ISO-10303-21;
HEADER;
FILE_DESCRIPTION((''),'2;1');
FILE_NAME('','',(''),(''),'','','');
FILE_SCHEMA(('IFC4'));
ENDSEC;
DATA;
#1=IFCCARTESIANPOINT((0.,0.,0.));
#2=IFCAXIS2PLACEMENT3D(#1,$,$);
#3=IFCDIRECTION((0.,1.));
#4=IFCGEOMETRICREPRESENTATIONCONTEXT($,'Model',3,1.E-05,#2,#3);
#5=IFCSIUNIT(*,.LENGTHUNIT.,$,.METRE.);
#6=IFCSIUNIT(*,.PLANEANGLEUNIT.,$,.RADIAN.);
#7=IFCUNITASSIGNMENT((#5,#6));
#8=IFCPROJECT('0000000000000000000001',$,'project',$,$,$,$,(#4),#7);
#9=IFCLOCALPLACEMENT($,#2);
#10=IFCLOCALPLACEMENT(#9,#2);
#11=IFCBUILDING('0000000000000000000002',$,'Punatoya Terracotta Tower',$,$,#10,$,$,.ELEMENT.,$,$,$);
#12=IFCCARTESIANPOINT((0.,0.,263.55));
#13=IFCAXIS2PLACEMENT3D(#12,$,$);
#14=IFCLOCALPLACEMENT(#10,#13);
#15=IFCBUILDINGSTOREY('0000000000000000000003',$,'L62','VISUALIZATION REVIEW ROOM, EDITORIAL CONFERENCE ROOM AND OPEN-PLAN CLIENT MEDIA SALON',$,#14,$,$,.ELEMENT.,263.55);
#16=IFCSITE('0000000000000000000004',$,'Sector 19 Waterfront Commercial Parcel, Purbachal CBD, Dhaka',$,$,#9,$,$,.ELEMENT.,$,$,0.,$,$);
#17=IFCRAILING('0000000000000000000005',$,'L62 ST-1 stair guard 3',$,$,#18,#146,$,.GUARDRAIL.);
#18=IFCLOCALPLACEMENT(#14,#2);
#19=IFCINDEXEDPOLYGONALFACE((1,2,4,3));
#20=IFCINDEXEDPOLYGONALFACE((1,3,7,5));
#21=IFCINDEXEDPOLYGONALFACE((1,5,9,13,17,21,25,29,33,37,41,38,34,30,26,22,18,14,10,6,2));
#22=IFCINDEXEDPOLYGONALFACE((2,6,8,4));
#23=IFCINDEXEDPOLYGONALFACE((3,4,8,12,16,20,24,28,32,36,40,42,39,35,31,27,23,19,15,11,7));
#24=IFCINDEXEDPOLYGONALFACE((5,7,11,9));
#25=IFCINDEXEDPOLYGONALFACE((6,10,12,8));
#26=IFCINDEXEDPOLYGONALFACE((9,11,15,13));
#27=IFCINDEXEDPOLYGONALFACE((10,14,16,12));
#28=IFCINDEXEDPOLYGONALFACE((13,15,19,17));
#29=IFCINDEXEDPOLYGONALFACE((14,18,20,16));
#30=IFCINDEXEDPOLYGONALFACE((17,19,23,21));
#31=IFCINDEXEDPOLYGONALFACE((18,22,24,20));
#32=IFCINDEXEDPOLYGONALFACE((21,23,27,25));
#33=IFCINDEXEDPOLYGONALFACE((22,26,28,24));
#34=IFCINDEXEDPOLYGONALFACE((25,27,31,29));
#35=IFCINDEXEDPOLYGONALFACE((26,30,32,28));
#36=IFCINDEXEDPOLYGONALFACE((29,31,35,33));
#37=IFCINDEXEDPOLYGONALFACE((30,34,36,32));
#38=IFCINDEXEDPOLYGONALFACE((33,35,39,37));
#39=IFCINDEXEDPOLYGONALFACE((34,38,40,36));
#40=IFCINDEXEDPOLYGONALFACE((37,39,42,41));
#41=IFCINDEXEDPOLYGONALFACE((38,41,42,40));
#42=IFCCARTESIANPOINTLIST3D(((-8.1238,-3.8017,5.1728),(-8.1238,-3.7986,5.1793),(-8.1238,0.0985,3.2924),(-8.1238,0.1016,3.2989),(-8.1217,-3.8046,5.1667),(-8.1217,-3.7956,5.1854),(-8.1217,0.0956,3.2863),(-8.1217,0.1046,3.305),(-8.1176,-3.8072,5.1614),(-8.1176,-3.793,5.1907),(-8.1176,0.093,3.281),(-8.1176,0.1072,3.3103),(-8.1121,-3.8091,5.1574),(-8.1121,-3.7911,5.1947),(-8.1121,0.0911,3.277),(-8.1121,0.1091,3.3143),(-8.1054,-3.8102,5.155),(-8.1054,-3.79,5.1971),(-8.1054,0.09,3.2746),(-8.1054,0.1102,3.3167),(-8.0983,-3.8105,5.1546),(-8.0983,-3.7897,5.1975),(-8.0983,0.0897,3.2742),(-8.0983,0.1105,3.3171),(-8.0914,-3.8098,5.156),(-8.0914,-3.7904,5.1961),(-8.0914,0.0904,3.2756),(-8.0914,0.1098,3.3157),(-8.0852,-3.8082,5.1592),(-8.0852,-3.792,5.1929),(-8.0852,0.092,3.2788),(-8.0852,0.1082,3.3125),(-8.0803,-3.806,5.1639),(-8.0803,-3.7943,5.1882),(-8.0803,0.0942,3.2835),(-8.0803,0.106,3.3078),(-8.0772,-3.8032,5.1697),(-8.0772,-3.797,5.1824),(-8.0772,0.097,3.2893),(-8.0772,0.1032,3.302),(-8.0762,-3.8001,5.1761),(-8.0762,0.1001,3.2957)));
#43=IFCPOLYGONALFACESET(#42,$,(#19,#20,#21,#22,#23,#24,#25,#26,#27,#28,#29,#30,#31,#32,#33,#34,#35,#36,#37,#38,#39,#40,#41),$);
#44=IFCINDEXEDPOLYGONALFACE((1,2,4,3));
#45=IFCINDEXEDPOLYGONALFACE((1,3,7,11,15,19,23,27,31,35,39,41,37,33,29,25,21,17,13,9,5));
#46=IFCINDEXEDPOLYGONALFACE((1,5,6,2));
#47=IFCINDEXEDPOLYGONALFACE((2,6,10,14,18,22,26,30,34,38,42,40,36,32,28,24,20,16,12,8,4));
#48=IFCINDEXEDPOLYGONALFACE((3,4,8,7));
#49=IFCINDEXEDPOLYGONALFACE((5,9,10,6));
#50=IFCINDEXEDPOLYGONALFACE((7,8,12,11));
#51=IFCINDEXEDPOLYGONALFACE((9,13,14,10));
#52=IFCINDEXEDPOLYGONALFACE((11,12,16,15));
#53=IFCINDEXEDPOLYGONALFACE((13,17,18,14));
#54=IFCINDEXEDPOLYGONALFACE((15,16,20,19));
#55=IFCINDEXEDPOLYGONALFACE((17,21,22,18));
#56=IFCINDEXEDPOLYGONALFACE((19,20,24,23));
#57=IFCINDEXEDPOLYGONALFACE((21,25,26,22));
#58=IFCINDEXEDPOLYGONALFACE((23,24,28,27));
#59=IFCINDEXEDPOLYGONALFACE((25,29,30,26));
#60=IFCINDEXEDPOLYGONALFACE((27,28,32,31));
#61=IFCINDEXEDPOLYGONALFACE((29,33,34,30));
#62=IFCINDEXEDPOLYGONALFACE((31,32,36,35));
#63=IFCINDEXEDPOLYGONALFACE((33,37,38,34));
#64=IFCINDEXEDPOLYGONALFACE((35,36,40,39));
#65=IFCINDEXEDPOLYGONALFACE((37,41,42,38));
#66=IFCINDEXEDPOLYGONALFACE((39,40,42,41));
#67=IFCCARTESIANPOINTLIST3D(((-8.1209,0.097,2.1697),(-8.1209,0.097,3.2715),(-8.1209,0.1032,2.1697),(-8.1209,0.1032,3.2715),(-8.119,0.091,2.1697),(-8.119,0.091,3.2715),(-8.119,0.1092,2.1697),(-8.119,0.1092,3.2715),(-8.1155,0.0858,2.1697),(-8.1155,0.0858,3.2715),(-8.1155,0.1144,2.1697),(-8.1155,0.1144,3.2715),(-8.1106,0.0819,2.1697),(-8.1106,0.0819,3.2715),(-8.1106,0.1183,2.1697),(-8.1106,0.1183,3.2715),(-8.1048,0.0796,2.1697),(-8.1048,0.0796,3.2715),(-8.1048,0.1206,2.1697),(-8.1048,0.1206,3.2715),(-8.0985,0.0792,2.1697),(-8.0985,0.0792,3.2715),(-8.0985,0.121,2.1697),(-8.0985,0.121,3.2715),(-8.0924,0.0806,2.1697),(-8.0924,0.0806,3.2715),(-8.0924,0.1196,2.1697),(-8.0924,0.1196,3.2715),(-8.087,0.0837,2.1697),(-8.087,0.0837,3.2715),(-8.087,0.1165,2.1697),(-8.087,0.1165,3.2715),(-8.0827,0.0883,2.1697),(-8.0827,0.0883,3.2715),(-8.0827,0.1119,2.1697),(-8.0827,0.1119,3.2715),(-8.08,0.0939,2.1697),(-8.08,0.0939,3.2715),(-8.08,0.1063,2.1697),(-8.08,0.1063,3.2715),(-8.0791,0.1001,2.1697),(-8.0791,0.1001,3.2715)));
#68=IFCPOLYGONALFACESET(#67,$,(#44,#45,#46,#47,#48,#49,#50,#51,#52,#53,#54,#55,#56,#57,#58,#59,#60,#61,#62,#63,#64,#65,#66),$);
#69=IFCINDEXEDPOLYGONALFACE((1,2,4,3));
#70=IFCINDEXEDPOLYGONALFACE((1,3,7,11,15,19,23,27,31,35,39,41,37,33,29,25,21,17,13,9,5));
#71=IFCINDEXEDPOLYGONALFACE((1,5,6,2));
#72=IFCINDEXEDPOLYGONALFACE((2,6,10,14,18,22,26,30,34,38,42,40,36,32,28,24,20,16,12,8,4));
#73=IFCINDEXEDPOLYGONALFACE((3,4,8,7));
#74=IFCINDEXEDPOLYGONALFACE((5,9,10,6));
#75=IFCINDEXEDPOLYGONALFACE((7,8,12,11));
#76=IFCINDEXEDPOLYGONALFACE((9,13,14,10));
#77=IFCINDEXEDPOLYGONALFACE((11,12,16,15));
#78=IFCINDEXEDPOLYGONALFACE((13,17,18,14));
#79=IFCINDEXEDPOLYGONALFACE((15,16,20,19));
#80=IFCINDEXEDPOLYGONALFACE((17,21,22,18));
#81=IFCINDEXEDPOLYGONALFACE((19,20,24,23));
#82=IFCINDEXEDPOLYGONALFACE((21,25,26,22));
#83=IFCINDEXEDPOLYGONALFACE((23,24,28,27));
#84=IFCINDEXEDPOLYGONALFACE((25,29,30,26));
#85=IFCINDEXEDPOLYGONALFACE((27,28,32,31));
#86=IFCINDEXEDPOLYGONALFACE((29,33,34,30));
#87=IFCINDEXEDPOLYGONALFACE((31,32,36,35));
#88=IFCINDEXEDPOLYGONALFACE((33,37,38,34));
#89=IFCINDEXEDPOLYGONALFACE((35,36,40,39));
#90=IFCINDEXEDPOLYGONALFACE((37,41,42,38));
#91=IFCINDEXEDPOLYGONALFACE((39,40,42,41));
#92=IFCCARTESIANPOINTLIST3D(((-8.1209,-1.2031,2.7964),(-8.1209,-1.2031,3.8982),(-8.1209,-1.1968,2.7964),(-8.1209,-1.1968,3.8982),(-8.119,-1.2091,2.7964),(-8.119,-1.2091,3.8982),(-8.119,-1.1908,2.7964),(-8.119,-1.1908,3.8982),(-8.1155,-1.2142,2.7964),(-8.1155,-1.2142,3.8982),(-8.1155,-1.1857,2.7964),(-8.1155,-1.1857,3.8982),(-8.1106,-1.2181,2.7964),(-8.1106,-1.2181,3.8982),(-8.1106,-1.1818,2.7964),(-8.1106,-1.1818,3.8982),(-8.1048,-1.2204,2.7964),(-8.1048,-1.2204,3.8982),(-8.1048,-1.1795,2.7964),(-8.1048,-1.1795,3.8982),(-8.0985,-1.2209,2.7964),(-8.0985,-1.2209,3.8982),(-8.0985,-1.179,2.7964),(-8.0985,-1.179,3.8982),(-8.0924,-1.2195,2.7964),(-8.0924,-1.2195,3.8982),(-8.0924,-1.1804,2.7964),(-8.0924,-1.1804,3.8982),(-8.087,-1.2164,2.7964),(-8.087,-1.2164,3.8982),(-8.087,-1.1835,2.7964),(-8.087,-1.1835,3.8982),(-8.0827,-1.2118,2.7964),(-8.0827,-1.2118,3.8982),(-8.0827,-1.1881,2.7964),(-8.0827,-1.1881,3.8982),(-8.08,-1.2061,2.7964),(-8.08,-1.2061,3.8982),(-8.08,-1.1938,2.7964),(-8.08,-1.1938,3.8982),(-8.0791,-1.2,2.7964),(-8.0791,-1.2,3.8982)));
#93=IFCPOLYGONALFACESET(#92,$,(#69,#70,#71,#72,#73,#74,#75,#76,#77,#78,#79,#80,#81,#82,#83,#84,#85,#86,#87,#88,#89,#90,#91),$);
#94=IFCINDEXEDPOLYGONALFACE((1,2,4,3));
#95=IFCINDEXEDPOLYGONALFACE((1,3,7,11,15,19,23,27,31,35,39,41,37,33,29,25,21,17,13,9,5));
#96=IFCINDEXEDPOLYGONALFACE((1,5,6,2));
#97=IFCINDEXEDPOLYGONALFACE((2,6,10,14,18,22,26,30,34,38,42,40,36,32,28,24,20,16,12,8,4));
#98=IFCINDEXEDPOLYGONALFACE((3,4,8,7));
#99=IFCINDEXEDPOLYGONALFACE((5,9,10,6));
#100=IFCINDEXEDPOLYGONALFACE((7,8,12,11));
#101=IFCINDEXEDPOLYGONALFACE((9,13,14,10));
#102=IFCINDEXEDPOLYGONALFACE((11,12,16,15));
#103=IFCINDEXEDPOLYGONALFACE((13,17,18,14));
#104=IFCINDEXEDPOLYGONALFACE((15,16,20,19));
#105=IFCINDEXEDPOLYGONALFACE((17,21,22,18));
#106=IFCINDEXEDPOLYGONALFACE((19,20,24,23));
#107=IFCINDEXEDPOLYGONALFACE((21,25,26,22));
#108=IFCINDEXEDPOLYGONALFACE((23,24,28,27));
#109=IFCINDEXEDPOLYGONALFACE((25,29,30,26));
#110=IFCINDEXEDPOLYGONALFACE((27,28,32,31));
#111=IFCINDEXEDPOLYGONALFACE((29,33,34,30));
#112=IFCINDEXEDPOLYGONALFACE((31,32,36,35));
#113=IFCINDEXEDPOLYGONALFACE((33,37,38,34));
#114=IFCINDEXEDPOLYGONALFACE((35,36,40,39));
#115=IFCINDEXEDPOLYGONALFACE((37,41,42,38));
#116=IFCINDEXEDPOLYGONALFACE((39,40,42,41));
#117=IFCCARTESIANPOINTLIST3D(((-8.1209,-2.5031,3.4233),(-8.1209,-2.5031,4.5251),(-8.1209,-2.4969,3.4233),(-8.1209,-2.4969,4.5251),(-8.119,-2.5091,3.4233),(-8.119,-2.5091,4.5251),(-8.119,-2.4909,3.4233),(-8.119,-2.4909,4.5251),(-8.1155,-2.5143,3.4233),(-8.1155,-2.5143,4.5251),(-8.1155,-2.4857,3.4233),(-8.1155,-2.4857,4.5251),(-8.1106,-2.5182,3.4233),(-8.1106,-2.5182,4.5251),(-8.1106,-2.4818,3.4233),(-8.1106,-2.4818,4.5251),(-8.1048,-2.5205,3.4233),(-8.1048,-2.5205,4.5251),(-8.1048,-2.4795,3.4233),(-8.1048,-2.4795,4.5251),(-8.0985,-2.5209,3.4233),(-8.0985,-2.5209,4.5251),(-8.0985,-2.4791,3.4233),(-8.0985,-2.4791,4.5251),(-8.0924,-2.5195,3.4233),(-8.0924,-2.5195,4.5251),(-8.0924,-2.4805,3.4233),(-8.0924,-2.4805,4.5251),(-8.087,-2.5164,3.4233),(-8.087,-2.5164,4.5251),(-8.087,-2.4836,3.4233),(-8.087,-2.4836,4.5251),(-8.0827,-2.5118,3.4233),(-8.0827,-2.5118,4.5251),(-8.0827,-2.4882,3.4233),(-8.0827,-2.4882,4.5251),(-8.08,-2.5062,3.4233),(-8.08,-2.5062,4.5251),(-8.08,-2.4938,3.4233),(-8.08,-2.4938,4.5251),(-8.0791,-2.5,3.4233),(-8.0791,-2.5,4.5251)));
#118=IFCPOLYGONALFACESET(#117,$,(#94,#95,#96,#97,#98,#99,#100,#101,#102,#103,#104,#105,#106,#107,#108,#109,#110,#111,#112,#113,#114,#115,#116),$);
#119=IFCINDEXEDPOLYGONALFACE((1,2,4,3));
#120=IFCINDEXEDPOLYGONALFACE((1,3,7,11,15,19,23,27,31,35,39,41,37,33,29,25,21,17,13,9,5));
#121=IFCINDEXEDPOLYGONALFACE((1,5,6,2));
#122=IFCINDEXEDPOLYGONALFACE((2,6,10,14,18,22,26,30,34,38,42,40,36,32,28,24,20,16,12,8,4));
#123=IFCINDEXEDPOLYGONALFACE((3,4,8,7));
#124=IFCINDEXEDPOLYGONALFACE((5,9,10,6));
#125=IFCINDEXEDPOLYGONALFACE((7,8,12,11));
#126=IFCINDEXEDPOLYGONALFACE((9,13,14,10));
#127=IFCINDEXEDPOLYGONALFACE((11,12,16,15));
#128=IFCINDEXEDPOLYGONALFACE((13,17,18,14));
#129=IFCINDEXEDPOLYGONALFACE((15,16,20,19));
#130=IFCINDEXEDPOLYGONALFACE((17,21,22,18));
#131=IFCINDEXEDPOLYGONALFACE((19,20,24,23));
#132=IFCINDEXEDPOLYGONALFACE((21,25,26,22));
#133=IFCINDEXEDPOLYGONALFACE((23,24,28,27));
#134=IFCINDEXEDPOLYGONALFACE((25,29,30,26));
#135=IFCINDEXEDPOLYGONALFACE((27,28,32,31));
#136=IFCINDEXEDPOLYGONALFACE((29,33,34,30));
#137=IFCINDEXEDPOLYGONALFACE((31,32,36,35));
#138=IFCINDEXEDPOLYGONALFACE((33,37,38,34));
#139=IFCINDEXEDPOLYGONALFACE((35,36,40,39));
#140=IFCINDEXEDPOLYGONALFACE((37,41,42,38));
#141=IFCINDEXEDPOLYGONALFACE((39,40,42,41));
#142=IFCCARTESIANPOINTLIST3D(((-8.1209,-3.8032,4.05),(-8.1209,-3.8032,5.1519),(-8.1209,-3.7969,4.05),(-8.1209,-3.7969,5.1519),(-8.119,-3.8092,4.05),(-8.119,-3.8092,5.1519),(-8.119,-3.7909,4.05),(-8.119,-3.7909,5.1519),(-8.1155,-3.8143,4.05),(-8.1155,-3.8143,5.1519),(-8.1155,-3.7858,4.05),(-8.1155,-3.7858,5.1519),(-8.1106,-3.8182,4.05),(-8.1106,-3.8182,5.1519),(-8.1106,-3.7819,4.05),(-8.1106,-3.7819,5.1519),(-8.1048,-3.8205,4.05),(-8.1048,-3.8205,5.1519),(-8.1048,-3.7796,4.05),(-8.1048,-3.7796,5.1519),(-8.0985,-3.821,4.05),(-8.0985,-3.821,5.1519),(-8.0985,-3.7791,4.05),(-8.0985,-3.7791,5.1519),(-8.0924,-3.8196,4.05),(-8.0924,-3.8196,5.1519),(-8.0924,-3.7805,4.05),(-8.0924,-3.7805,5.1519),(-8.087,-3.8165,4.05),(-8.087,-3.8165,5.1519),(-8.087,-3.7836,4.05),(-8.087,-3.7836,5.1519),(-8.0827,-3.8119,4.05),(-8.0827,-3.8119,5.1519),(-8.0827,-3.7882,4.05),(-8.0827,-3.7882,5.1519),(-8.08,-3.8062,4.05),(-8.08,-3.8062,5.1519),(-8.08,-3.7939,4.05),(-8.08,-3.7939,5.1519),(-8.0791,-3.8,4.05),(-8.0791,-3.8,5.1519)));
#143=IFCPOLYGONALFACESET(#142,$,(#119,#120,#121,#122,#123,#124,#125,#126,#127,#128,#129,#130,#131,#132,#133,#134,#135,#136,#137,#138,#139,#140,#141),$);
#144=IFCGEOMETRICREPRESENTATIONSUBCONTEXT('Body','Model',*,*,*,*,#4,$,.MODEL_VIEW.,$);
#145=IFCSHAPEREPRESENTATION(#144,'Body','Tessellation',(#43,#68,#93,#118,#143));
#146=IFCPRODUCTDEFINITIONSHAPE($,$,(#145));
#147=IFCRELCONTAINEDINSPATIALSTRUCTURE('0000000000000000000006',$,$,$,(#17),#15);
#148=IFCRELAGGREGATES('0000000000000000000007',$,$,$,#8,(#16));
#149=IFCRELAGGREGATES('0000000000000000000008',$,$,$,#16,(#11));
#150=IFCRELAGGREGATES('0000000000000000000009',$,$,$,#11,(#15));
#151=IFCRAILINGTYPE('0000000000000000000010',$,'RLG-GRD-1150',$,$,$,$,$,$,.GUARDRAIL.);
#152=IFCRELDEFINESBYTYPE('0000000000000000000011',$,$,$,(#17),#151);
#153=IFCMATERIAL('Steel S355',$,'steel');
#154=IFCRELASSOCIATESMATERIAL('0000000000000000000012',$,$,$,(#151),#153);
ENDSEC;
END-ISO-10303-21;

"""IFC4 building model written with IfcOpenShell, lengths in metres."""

from ifc_helpers import new_model, si_unit, direction, frame, origin, origin_2d, place, context, subcontext, project, spatial, circle, extrude, material, type_object, element, save


model = new_model("IFC4")

# Units and contexts
model_context = context("Model", 3, precision=1e-05, world=origin(), true_north=direction((0.0, 1.0)))
body_context = subcontext(model_context, "Body", "Model", "MODEL_VIEW")
ifc_project = project(units=[si_unit("LENGTHUNIT", "METRE"), si_unit("PLANEANGLEUNIT", "RADIAN")], contexts=[model_context])

# Site, building, storey
site_placement = place(None, origin())
site = spatial("IfcSite", under=ifc_project, at=site_placement, Name="Sector 19 Waterfront Commercial Parcel, Purbachal CBD, Dhaka", CompositionType="ELEMENT", RefElevation=0.0)
building_placement = place(site_placement, origin())
building = spatial("IfcBuilding", under=site, at=building_placement, Name="Punatoya Terracotta Tower", CompositionType="ELEMENT")
storey_placement = place(building_placement, frame((0.0, 0.0, 263.55)))
storey = spatial("IfcBuildingStorey", under=building, at=storey_placement, Name="L62", Description="VISUALIZATION REVIEW ROOM, EDITORIAL CONFERENCE ROOM AND OPEN-PLAN CLIENT MEDIA SALON", CompositionType="ELEMENT", Elevation=263.55)

# Shared definitions
ifc_material_1 = material(Name="Steel S355", Category="steel")

# Railing
railing_type_1 = type_object("IfcRailingType", Name="RLG-GRD-1150", PredefinedType="GUARDRAIL", material=ifc_material_1)
railing_1_placement = place(storey_placement, frame((-8.1001, 0.1001, 2.1697)))
element("IfcRailing", 1, at=railing_1_placement, inside=storey, type_object=railing_type_1, Name="L62 ST-1 stair guard 3", PredefinedType="GUARDRAIL", context=body_context, shape_type="SweptSolid", body=[
    extrude(circle(Radius=0.0239, at=origin_2d()), frame((0.0, 0.0, 1.126), z_axis=(0.0, -0.900774, 0.434289), x_axis=(1.0, 0.0, 0.0)), (0.0, 0.0, 1.0), 4.3298),
    extrude(circle(Radius=0.021, at=origin_2d()), origin(), (0.0, 0.0, 1.0), 1.1018),
    extrude(circle(Radius=0.021, at=origin_2d()), frame((0.0, -1.3, 0.6267)), (0.0, 0.0, 1.0), 1.1018),
    extrude(circle(Radius=0.021, at=origin_2d()), frame((0.0, -2.6001, 1.2537)), (0.0, 0.0, 1.0), 1.1018),
    extrude(circle(Radius=0.021, at=origin_2d()), frame((0.0, -3.9001, 1.8804)), (0.0, 0.0, 1.0), 1.1018),
])

save(model, "model.ifc")
